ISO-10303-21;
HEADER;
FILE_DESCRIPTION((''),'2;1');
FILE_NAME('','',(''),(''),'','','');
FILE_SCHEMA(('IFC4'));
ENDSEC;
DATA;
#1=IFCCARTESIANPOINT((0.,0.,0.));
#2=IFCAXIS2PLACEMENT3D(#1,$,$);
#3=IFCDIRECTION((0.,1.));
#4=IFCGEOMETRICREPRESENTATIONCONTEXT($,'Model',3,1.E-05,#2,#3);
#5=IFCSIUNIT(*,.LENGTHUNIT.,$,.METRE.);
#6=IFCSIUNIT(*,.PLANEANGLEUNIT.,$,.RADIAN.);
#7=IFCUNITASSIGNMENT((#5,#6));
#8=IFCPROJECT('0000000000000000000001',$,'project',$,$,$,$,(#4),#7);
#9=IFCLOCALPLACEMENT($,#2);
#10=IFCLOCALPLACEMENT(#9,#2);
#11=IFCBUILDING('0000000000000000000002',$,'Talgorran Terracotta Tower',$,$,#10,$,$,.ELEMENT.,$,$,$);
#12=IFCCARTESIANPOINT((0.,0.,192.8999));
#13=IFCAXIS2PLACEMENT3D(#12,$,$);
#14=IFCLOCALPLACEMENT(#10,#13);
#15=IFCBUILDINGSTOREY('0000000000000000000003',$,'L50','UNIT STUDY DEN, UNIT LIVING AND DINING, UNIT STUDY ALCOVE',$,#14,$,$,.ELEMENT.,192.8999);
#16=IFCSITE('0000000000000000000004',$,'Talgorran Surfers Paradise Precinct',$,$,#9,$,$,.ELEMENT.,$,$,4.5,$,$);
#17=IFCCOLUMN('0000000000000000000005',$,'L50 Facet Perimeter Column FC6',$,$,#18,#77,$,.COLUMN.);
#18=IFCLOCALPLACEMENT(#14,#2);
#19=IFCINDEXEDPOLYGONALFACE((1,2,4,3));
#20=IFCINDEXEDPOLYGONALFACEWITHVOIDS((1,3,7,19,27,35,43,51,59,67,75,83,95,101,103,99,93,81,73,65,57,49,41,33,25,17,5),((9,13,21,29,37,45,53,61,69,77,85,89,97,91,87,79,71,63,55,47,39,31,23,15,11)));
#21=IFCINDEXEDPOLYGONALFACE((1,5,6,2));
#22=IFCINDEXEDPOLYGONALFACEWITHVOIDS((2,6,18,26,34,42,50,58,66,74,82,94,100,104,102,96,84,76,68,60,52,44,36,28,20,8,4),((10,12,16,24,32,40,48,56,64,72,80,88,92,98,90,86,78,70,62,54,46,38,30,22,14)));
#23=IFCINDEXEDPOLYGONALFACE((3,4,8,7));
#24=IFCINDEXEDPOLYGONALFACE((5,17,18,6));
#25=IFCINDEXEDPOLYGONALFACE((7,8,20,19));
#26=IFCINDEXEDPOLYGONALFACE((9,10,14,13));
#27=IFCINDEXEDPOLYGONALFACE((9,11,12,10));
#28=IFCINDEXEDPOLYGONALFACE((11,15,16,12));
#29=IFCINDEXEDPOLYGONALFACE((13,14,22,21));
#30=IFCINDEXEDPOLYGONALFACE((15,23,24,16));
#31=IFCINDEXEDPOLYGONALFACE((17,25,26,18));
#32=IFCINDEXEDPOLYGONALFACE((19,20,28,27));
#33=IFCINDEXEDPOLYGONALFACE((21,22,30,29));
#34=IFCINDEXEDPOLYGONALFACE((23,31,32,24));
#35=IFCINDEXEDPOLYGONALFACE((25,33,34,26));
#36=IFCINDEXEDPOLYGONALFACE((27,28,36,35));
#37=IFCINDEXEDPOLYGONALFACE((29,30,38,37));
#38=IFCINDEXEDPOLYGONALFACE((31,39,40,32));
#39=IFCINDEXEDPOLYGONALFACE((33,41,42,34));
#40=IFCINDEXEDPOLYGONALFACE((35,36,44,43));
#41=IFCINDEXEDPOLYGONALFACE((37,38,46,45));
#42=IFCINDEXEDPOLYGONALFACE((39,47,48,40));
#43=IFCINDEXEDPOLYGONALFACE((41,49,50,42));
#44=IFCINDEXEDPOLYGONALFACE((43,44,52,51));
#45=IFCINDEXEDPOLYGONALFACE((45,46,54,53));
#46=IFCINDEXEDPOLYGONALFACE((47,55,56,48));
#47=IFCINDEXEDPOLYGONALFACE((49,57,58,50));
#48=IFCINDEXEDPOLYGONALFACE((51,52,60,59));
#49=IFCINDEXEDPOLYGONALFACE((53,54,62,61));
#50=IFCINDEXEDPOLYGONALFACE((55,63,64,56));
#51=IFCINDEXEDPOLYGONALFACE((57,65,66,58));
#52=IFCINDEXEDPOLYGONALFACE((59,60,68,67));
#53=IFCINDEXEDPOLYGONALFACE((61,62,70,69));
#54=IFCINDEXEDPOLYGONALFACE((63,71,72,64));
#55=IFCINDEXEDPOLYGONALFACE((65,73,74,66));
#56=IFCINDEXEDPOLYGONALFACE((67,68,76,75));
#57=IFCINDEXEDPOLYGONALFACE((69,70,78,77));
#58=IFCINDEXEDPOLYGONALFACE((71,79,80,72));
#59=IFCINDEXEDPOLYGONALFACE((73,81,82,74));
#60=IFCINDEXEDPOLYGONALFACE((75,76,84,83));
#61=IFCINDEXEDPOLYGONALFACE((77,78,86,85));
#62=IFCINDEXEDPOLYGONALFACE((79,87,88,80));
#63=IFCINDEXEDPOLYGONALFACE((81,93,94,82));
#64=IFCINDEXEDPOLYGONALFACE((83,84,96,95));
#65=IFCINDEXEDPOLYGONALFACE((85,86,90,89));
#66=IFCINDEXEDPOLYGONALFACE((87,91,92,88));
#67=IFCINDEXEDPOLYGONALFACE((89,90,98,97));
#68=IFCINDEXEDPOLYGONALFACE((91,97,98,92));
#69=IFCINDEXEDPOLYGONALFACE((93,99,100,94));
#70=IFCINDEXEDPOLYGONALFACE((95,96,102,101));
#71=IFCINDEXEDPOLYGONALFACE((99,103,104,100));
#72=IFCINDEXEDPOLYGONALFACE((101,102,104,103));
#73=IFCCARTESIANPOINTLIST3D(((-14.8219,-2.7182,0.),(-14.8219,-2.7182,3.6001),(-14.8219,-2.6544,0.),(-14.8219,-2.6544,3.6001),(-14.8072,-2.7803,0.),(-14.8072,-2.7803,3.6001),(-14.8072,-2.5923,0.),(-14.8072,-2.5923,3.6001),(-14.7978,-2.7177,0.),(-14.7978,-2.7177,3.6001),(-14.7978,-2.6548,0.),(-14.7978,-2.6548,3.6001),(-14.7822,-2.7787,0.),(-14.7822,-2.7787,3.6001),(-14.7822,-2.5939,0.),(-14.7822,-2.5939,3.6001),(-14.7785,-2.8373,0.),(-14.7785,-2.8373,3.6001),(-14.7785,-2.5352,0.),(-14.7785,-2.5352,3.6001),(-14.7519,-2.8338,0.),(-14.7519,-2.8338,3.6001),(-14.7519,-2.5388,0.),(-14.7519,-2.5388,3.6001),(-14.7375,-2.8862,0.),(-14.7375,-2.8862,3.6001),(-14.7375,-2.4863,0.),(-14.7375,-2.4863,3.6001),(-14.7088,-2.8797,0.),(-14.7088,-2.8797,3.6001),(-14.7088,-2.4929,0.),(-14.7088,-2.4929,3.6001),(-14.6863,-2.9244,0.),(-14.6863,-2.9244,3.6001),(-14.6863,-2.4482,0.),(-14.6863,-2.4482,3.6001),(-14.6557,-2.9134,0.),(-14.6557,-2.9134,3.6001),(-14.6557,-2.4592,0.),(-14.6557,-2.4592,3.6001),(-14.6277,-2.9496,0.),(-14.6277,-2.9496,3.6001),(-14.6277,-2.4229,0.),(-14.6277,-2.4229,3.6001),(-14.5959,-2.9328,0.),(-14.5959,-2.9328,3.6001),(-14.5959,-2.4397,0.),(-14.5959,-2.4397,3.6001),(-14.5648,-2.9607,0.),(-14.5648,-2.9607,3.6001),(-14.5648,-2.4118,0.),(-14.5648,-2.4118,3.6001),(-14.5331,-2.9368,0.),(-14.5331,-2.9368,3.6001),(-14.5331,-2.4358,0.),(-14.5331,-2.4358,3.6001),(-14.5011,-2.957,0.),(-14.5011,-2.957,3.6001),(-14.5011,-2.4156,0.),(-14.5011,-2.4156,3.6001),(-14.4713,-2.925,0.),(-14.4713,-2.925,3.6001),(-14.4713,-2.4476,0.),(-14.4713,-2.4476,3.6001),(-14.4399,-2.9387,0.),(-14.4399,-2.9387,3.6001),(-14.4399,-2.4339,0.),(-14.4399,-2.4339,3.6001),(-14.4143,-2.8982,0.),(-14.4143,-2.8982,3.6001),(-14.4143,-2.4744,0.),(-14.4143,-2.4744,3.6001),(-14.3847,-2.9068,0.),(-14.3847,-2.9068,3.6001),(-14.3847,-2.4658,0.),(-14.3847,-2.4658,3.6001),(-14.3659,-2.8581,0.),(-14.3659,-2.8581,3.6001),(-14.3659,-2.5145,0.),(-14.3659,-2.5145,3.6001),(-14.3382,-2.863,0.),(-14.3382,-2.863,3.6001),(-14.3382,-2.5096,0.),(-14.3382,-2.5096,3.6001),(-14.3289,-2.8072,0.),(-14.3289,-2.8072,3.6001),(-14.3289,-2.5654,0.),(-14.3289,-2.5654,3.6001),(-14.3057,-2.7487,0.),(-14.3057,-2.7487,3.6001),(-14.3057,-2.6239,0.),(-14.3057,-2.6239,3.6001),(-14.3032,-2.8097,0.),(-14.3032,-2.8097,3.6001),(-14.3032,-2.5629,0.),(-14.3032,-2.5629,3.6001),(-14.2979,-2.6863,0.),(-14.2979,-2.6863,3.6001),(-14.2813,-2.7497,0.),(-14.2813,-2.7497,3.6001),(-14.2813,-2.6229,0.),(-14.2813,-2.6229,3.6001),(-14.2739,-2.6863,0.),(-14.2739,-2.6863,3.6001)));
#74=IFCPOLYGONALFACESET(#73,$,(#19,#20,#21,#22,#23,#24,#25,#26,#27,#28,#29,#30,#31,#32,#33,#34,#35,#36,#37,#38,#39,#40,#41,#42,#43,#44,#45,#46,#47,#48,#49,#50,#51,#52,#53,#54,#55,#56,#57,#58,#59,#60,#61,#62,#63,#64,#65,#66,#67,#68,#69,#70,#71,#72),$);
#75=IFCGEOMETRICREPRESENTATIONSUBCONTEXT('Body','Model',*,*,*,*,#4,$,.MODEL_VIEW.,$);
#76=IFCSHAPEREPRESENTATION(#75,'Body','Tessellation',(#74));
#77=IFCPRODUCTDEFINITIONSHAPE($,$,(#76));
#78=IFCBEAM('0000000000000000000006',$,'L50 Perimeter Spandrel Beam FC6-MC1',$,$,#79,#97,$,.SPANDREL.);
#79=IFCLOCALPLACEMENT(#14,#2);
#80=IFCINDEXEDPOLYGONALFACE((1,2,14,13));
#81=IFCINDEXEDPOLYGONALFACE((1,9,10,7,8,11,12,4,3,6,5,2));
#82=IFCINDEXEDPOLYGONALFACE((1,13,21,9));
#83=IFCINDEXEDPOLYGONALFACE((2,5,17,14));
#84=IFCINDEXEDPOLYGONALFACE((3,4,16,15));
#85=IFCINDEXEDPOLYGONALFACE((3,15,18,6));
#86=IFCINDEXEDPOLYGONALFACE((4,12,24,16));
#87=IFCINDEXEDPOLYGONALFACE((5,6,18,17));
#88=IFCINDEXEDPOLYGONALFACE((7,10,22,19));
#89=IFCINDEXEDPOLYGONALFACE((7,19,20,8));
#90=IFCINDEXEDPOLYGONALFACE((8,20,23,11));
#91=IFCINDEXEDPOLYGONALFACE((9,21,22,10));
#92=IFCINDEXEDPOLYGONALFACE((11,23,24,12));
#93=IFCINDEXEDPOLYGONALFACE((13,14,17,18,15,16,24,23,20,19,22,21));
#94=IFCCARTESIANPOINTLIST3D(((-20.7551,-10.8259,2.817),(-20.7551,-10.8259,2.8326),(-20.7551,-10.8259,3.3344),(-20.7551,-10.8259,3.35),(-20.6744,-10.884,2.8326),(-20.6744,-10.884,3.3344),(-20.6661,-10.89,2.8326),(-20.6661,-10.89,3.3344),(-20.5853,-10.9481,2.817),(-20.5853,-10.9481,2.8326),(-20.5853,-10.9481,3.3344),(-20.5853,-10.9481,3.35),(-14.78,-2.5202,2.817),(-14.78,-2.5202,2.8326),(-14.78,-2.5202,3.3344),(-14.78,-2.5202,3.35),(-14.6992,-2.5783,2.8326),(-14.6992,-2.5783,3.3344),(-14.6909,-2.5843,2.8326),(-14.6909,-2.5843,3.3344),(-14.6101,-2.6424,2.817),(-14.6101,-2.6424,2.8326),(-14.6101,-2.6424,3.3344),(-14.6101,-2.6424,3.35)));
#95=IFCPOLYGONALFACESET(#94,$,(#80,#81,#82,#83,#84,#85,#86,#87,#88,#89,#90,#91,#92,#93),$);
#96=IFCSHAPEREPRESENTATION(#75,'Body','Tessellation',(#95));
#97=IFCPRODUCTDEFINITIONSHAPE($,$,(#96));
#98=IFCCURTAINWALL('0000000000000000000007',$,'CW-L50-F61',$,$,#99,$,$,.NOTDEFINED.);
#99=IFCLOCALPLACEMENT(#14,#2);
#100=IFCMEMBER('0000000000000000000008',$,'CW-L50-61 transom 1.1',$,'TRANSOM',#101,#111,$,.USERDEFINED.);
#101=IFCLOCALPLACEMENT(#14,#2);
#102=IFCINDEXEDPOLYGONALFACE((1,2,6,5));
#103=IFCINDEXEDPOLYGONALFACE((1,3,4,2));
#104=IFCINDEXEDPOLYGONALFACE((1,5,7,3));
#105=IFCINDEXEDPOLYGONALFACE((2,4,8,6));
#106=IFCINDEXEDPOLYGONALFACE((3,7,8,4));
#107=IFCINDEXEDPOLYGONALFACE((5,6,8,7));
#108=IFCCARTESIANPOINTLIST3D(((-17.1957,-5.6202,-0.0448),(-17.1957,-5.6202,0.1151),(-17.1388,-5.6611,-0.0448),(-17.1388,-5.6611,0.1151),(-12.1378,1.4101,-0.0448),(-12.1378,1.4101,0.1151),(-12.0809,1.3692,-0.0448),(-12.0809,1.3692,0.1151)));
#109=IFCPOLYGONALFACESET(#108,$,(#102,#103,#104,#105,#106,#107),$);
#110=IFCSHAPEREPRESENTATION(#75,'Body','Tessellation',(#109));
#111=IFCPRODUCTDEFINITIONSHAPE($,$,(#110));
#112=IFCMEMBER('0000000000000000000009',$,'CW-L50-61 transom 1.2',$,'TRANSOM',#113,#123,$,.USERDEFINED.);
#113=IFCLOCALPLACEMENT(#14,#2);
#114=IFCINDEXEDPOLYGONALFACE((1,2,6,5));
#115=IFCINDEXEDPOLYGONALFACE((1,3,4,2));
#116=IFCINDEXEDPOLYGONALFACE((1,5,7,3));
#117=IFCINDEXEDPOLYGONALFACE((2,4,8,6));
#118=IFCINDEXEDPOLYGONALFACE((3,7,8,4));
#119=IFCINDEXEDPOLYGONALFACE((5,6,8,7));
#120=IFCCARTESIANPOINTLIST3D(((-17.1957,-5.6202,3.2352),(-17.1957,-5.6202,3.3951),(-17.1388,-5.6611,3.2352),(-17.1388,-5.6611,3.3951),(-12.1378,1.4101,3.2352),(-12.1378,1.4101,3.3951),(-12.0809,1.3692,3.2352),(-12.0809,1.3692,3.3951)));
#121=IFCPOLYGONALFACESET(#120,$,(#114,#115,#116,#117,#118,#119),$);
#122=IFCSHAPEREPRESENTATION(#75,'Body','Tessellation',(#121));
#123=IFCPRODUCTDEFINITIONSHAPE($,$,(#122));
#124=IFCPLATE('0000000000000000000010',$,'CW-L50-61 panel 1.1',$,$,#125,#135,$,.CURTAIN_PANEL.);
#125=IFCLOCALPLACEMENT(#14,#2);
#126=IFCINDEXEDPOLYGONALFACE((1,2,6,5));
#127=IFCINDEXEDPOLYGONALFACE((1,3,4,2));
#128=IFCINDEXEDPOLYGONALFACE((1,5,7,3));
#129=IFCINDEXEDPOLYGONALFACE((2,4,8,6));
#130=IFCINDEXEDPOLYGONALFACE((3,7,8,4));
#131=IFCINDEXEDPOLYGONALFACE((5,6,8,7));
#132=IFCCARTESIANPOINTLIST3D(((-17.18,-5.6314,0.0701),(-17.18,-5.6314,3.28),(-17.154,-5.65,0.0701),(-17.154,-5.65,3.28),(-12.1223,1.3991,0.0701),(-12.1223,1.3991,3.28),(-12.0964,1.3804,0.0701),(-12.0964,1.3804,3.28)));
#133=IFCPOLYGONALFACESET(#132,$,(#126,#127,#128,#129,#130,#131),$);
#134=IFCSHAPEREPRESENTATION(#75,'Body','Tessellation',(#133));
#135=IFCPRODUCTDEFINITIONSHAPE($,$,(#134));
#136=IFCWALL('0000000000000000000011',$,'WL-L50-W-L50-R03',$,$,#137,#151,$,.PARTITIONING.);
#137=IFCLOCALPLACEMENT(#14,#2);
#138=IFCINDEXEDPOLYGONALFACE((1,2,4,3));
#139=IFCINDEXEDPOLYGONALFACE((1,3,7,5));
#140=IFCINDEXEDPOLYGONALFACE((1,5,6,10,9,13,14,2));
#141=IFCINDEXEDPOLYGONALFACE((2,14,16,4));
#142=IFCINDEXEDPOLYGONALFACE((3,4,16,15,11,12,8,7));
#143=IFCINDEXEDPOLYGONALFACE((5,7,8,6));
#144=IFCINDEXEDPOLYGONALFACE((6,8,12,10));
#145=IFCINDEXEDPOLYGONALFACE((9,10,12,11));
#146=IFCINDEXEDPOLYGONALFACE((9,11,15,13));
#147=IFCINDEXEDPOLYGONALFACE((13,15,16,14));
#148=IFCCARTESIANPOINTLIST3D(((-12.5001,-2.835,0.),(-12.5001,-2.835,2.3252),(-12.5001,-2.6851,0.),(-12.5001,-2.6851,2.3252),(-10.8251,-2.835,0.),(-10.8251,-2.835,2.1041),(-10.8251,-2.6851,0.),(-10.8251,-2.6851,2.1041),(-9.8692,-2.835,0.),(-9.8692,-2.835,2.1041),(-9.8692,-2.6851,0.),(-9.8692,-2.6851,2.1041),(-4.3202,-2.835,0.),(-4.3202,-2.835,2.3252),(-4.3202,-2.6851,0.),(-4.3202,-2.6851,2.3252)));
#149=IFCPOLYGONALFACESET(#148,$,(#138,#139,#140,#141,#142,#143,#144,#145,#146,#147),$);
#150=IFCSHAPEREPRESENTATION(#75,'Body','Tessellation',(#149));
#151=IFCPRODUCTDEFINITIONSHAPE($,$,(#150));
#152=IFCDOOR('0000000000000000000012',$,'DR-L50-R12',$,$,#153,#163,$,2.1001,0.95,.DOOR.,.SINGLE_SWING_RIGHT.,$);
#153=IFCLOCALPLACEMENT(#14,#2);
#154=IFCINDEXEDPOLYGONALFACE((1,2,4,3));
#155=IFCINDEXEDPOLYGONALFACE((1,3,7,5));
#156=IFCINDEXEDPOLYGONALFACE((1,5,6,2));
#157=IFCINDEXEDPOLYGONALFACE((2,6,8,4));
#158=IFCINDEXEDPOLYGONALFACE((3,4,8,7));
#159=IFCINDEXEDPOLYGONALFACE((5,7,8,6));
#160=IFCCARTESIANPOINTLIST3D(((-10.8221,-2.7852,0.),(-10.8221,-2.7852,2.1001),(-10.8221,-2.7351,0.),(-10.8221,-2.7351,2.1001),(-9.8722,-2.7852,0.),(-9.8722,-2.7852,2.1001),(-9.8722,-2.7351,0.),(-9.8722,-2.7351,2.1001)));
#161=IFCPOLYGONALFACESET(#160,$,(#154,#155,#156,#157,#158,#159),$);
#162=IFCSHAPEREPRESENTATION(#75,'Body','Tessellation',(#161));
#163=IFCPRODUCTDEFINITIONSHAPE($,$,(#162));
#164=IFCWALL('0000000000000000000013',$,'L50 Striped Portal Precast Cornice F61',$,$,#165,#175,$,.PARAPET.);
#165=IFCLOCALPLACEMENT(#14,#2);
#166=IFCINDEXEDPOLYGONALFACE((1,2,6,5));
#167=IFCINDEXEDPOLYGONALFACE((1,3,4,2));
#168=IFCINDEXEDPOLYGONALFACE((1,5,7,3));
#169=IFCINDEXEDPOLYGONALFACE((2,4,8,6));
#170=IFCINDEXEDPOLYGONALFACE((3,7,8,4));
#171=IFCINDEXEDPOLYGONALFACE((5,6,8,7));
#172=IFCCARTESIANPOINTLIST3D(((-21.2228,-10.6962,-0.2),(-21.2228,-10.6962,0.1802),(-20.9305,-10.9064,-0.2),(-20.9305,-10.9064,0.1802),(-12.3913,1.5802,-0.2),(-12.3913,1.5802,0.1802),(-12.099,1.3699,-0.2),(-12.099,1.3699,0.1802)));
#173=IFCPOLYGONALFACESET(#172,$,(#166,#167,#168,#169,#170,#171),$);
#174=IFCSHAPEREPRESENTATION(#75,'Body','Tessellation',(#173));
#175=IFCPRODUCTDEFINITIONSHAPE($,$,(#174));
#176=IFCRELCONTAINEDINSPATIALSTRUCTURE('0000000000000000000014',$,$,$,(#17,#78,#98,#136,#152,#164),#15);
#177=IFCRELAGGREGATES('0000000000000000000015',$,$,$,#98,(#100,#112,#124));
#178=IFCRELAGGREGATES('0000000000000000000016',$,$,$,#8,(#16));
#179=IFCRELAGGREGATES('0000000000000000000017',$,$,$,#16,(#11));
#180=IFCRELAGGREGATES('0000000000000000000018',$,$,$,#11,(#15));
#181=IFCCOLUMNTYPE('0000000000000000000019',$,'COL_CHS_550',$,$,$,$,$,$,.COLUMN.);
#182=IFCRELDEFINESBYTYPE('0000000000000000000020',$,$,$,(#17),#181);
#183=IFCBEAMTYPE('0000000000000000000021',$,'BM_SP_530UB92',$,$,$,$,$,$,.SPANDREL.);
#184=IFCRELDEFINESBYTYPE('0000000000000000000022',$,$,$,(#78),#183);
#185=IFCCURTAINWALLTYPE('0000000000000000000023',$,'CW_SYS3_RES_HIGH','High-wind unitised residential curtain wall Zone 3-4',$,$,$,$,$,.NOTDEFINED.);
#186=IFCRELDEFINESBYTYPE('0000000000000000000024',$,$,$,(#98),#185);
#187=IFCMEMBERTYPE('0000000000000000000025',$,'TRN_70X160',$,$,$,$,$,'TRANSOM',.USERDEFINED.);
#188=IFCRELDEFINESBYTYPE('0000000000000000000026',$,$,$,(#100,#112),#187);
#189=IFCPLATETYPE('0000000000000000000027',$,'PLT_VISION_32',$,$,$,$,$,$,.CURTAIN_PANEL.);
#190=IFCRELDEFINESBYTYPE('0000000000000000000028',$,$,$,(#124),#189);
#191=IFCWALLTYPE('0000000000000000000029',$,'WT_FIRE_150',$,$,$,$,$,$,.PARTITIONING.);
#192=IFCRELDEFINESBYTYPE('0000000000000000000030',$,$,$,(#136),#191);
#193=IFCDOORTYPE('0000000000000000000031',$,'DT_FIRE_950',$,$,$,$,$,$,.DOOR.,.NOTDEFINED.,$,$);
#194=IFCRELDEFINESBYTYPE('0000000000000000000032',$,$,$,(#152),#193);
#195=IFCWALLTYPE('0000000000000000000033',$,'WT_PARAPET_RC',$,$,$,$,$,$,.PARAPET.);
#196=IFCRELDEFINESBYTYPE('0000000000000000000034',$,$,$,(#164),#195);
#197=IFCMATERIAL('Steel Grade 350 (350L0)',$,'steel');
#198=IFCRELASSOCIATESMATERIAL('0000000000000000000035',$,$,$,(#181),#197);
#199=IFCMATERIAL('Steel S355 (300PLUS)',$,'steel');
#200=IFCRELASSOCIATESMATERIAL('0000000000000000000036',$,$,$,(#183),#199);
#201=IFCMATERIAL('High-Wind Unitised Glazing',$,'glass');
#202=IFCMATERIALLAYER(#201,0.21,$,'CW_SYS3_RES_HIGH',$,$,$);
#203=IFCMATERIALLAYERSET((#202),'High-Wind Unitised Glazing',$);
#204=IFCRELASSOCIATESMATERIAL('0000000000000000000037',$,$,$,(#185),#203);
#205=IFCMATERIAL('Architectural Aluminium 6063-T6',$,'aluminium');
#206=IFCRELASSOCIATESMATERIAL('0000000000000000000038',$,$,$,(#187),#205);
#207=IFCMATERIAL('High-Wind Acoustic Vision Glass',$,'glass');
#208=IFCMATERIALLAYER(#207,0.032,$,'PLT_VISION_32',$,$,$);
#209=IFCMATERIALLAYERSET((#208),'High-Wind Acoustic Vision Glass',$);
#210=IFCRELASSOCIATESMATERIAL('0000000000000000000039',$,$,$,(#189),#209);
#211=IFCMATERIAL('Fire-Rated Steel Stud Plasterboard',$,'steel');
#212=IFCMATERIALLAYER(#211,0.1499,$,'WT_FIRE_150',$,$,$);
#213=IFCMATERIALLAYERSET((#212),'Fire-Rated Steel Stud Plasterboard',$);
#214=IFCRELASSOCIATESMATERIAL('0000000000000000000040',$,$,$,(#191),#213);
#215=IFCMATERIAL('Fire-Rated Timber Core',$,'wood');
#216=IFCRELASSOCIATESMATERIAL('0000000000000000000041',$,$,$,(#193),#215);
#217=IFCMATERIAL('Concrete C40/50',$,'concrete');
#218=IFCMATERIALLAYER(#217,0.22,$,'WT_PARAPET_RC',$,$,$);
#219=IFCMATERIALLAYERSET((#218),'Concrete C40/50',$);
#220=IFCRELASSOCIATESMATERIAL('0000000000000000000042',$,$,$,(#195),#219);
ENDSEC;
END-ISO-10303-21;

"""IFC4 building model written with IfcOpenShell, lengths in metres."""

from ifc_helpers import new_model, si_unit, direction, frame, frame_2d, origin, origin_2d, place, context, subcontext, project, spatial, rectangle, hollow_circle, i_section, extrude, source, transform, mapped, material, layer, layer_set, material_profile, profile_set, type_object, type_shapes, element, fill, aggregate, save


model = new_model("IFC4")

# Units and contexts
model_context = context("Model", 3, precision=1e-05, world=origin(), true_north=direction((0.0, 1.0)))
body_context = subcontext(model_context, "Body", "Model", "MODEL_VIEW")
ifc_project = project(units=[si_unit("LENGTHUNIT", "METRE"), si_unit("PLANEANGLEUNIT", "RADIAN")], contexts=[model_context])

# Site, building, storey
site_placement = place(None, origin())
site = spatial("IfcSite", under=ifc_project, at=site_placement, Name="Talgorran Surfers Paradise Precinct", CompositionType="ELEMENT", RefElevation=4.5)
building_placement = place(site_placement, origin())
building = spatial("IfcBuilding", under=site, at=building_placement, Name="Talgorran Terracotta Tower", CompositionType="ELEMENT")
storey_placement = place(building_placement, frame((0.0, 0.0, 192.8999)))
storey = spatial("IfcBuildingStorey", under=building, at=storey_placement, Name="L50", Description="UNIT STUDY DEN, UNIT LIVING AND DINING, UNIT STUDY ALCOVE", CompositionType="ELEMENT", Elevation=192.8999)

# Column
ifc_material_1 = material(Name="Steel Grade 350 (350L0)", Category="steel")
ifc_material_profile_1 = material_profile(ifc_material_1, hollow_circle(Radius=0.2749, WallThickness=0.0239, at=origin_2d()), Name="CHS550X24")
ifc_profile_set_1 = profile_set([ifc_material_profile_1], Name="Steel Grade 350 (350L0)")
column_type = type_object("IfcColumnType", Name="COL_CHS_550", PredefinedType="COLUMN", material=ifc_profile_set_1)
column_placement = place(storey_placement, frame((-14.5488, -2.6863, 0.0), z_axis=(0.0, 0.0, 1.0), x_axis=(1.0, 0.0, 0.0)))
element("IfcColumn", 1, at=column_placement, inside=storey, type_object=column_type, Name="L50 Facet Perimeter Column FC6", PredefinedType="COLUMN", context=body_context, shape_type="SweptSolid", body=[
    extrude(hollow_circle(Radius=0.2749, WallThickness=0.0239, at=origin_2d()), origin(), (0.0, 0.0, 1.0), 3.6001),
])

# Beam
ifc_material_2 = material(Name="Steel S355 (300PLUS)", Category="steel")
ifc_material_profile_2 = material_profile(ifc_material_2, i_section(OverallWidth=0.2092, OverallDepth=0.533, WebThickness=0.0103, FlangeThickness=0.0156, at=origin_2d()), Name="530UB92.4")
ifc_profile_set_2 = profile_set([ifc_material_profile_2], Name="Steel S355 (300PLUS)")
beam_type = type_object("IfcBeamType", Name="BM_SP_530UB92", PredefinedType="SPANDREL", material=ifc_profile_set_2)
beam_placement = place(storey_placement, frame((-14.6951, -2.5813, 3.0835), z_axis=(-0.583984, -0.811765, 0.0), x_axis=(0.811765, -0.583984, 0.0)))
element("IfcBeam", 2, at=beam_placement, inside=storey, type_object=beam_type, Name="L50 Perimeter Spandrel Beam FC6-MC1", PredefinedType="SPANDREL", context=body_context, shape_type="SweptSolid", body=[
    extrude(i_section(OverallWidth=0.2092, OverallDepth=0.533, WebThickness=0.0103, FlangeThickness=0.0156, at=origin_2d()), origin(), (0.0, 0.0, 1.0), 10.2317),
])

# Curtain wall, members, plate
ifc_material_3 = material(Name="High-Wind Unitised Glazing", Category="glass")
ifc_layer_1 = layer(ifc_material_3, 0.21, Name="CW_SYS3_RES_HIGH")
ifc_layer_set_1 = layer_set([ifc_layer_1], Name="High-Wind Unitised Glazing")
curtain_wall_type = type_object("IfcCurtainWallType", Name="CW_SYS3_RES_HIGH", Description="High-wind unitised residential curtain wall Zone 3-4", PredefinedType="NOTDEFINED", material=ifc_layer_set_1)
curtain_wall_placement = place(storey_placement, origin())
curtain_wall = element("IfcCurtainWall", 3, at=curtain_wall_placement, inside=storey, type_object=curtain_wall_type, Name="CW-L50-F61", PredefinedType="NOTDEFINED")
ifc_material_4 = material(Name="Architectural Aluminium 6063-T6", Category="aluminium")
ifc_material_profile_3 = material_profile(ifc_material_4, rectangle(XDim=0.0701, YDim=0.1599, at=origin_2d()), Name="CWT70X160")
ifc_profile_set_3 = profile_set([ifc_material_profile_3], Name="Architectural Aluminium 6063-T6")
member_type = type_object("IfcMemberType", Name="TRN_70X160", ElementType="TRANSOM", PredefinedType="USERDEFINED", material=ifc_profile_set_3)
member_1_placement = place(storey_placement, frame((-12.1094, 1.3896, 0.0352), z_axis=(-0.584005, -0.81175, 0.0), x_axis=(0.81175, -0.584005, 0.0)))
member_1 = element("IfcMember", 4, at=member_1_placement, type_object=member_type, Name="CW-L50-61 transom 1.1", ObjectType="TRANSOM", PredefinedType="USERDEFINED", context=body_context, shape_type="SweptSolid", body=[
    extrude(rectangle(XDim=0.0701, YDim=0.1599, at=origin_2d()), origin(), (0.0, 0.0, 1.0), 8.6606),
])
member_2_placement = place(storey_placement, frame((-12.1094, 1.3896, 3.3152), z_axis=(-0.584005, -0.81175, 0.0), x_axis=(0.81175, -0.584005, 0.0)))
member_2 = element("IfcMember", 5, at=member_2_placement, type_object=member_type, Name="CW-L50-61 transom 1.2", ObjectType="TRANSOM", PredefinedType="USERDEFINED", context=body_context, shape_type="SweptSolid", body=[
    extrude(rectangle(XDim=0.0701, YDim=0.1599, at=origin_2d()), origin(), (0.0, 0.0, 1.0), 8.6606),
])
ifc_material_5 = material(Name="High-Wind Acoustic Vision Glass", Category="glass")
ifc_layer_2 = layer(ifc_material_5, 0.032, Name="PLT_VISION_32")
ifc_layer_set_2 = layer_set([ifc_layer_2], Name="High-Wind Acoustic Vision Glass")
plate_type = type_object("IfcPlateType", Name="PLT_VISION_32", PredefinedType="CURTAIN_PANEL", material=ifc_layer_set_2)
shared_shape = source(origin(), body_context, "Body", "SweptSolid", [
    extrude(rectangle(XDim=8.6606, YDim=0.032, at=origin_2d()), origin(), (0.0, 0.0, 1.0), 3.21),
])
type_shapes(plate_type, [shared_shape])
plate_placement = place(storey_placement, frame((-14.6382, -2.1255, 0.0701), z_axis=(0.0, 0.0, 1.0), x_axis=(-0.583984, -0.811765, 0.0)))
plate = element("IfcPlate", 6, at=plate_placement, type_object=plate_type, Name="CW-L50-61 panel 1.1", PredefinedType="CURTAIN_PANEL", context=body_context, shape_type="MappedRepresentation", body=[
    mapped(shared_shape, transform((0.0, 0.0, 0.0), scale=1.0)),
])
aggregate(curtain_wall, [member_1, member_2, plate])

# Wall, opening, door
ifc_material_6 = material(Name="Fire-Rated Steel Stud Plasterboard", Category="steel")
ifc_layer_3 = layer(ifc_material_6, 0.1499, Name="WT_FIRE_150")
ifc_layer_set_3 = layer_set([ifc_layer_3], Name="Fire-Rated Steel Stud Plasterboard")
wall_type_1 = type_object("IfcWallType", Name="WT_FIRE_150", PredefinedType="PARTITIONING", material=ifc_layer_set_3)
wall_1_placement = place(storey_placement, frame((-12.5, -2.76, 0.0), z_axis=(0.0, 0.0, 1.0), x_axis=(1.0, 0.0, 0.0)))
wall_1 = element("IfcWall", 7, at=wall_1_placement, inside=storey, type_object=wall_type_1, Name="WL-L50-W-L50-R03", PredefinedType="PARTITIONING", context=body_context, shape_type="SweptSolid", body=[
    extrude(rectangle(XDim=8.1799, YDim=0.1499, at=frame_2d((4.0898, 0.0))), origin(), (0.0, 0.0, 1.0), 2.3252),
])
opening_1_placement = place(wall_1_placement, frame((1.6777, 0.0, 0.0)))
opening_1 = element("IfcOpeningElement", 8, at=opening_1_placement, cuts=wall_1, PredefinedType="OPENING", context=body_context, shape_type="SweptSolid", body=[
    extrude(rectangle(XDim=0.956, YDim=2.1041, at=frame_2d((0.4751, 1.052))), frame((0.0, 0.085, 0.0), z_axis=(0.0, -1.0, 0.0), x_axis=(1.0, 0.0, 0.0)), (0.0, 0.0, 1.0), 0.1699),
])
ifc_material_7 = material(Name="Fire-Rated Timber Core", Category="wood")
door_type_1 = type_object("IfcDoorType", Name="DT_FIRE_950", OperationType="NOTDEFINED", PredefinedType="DOOR", material=ifc_material_7)
door_1_placement = place(opening_1_placement, origin())
door_1 = element("IfcDoor", 9, at=door_1_placement, inside=storey, type_object=door_type_1, Name="DR-L50-R12", OperationType="SINGLE_SWING_RIGHT", OverallHeight=2.1001, OverallWidth=0.95, PredefinedType="DOOR", context=body_context, shape_type="SweptSolid", body=[
    extrude(rectangle(XDim=0.95, YDim=2.1001, at=frame_2d((0.4751, 1.05))), frame((0.0, 0.0249, 0.0), z_axis=(0.0, -1.0, 0.0), x_axis=(1.0, 0.0, 0.0)), (0.0, 0.0, 1.0), 0.05),
])
fill(opening_1, door_1)

# Wall
ifc_material_8 = material(Name="Concrete C40/50", Category="concrete")
ifc_layer_4 = layer(ifc_material_8, 0.22, Name="WT_PARAPET_RC")
ifc_layer_set_4 = layer_set([ifc_layer_4], Name="Concrete C40/50")
wall_type_2 = type_object("IfcWallType", Name="WT_PARAPET_RC", PredefinedType="PARAPET", material=ifc_layer_set_4)
wall_2_placement = place(storey_placement, frame((-12.2451, 1.4751, -0.2), z_axis=(0.0, 0.0, 1.0), x_axis=(-0.583981, -0.811768, 0.0)))
element("IfcWall", 10, at=wall_2_placement, inside=storey, type_object=wall_type_2, Name="L50 Striped Portal Precast Cornice F61", PredefinedType="PARAPET", context=body_context, shape_type="SweptSolid", body=[
    extrude(rectangle(XDim=15.123, YDim=0.3601, at=frame_2d((7.5615, 0.0))), origin(), (0.0, 0.0, 1.0), 0.3801),
])

save(model, "model.ifc")
